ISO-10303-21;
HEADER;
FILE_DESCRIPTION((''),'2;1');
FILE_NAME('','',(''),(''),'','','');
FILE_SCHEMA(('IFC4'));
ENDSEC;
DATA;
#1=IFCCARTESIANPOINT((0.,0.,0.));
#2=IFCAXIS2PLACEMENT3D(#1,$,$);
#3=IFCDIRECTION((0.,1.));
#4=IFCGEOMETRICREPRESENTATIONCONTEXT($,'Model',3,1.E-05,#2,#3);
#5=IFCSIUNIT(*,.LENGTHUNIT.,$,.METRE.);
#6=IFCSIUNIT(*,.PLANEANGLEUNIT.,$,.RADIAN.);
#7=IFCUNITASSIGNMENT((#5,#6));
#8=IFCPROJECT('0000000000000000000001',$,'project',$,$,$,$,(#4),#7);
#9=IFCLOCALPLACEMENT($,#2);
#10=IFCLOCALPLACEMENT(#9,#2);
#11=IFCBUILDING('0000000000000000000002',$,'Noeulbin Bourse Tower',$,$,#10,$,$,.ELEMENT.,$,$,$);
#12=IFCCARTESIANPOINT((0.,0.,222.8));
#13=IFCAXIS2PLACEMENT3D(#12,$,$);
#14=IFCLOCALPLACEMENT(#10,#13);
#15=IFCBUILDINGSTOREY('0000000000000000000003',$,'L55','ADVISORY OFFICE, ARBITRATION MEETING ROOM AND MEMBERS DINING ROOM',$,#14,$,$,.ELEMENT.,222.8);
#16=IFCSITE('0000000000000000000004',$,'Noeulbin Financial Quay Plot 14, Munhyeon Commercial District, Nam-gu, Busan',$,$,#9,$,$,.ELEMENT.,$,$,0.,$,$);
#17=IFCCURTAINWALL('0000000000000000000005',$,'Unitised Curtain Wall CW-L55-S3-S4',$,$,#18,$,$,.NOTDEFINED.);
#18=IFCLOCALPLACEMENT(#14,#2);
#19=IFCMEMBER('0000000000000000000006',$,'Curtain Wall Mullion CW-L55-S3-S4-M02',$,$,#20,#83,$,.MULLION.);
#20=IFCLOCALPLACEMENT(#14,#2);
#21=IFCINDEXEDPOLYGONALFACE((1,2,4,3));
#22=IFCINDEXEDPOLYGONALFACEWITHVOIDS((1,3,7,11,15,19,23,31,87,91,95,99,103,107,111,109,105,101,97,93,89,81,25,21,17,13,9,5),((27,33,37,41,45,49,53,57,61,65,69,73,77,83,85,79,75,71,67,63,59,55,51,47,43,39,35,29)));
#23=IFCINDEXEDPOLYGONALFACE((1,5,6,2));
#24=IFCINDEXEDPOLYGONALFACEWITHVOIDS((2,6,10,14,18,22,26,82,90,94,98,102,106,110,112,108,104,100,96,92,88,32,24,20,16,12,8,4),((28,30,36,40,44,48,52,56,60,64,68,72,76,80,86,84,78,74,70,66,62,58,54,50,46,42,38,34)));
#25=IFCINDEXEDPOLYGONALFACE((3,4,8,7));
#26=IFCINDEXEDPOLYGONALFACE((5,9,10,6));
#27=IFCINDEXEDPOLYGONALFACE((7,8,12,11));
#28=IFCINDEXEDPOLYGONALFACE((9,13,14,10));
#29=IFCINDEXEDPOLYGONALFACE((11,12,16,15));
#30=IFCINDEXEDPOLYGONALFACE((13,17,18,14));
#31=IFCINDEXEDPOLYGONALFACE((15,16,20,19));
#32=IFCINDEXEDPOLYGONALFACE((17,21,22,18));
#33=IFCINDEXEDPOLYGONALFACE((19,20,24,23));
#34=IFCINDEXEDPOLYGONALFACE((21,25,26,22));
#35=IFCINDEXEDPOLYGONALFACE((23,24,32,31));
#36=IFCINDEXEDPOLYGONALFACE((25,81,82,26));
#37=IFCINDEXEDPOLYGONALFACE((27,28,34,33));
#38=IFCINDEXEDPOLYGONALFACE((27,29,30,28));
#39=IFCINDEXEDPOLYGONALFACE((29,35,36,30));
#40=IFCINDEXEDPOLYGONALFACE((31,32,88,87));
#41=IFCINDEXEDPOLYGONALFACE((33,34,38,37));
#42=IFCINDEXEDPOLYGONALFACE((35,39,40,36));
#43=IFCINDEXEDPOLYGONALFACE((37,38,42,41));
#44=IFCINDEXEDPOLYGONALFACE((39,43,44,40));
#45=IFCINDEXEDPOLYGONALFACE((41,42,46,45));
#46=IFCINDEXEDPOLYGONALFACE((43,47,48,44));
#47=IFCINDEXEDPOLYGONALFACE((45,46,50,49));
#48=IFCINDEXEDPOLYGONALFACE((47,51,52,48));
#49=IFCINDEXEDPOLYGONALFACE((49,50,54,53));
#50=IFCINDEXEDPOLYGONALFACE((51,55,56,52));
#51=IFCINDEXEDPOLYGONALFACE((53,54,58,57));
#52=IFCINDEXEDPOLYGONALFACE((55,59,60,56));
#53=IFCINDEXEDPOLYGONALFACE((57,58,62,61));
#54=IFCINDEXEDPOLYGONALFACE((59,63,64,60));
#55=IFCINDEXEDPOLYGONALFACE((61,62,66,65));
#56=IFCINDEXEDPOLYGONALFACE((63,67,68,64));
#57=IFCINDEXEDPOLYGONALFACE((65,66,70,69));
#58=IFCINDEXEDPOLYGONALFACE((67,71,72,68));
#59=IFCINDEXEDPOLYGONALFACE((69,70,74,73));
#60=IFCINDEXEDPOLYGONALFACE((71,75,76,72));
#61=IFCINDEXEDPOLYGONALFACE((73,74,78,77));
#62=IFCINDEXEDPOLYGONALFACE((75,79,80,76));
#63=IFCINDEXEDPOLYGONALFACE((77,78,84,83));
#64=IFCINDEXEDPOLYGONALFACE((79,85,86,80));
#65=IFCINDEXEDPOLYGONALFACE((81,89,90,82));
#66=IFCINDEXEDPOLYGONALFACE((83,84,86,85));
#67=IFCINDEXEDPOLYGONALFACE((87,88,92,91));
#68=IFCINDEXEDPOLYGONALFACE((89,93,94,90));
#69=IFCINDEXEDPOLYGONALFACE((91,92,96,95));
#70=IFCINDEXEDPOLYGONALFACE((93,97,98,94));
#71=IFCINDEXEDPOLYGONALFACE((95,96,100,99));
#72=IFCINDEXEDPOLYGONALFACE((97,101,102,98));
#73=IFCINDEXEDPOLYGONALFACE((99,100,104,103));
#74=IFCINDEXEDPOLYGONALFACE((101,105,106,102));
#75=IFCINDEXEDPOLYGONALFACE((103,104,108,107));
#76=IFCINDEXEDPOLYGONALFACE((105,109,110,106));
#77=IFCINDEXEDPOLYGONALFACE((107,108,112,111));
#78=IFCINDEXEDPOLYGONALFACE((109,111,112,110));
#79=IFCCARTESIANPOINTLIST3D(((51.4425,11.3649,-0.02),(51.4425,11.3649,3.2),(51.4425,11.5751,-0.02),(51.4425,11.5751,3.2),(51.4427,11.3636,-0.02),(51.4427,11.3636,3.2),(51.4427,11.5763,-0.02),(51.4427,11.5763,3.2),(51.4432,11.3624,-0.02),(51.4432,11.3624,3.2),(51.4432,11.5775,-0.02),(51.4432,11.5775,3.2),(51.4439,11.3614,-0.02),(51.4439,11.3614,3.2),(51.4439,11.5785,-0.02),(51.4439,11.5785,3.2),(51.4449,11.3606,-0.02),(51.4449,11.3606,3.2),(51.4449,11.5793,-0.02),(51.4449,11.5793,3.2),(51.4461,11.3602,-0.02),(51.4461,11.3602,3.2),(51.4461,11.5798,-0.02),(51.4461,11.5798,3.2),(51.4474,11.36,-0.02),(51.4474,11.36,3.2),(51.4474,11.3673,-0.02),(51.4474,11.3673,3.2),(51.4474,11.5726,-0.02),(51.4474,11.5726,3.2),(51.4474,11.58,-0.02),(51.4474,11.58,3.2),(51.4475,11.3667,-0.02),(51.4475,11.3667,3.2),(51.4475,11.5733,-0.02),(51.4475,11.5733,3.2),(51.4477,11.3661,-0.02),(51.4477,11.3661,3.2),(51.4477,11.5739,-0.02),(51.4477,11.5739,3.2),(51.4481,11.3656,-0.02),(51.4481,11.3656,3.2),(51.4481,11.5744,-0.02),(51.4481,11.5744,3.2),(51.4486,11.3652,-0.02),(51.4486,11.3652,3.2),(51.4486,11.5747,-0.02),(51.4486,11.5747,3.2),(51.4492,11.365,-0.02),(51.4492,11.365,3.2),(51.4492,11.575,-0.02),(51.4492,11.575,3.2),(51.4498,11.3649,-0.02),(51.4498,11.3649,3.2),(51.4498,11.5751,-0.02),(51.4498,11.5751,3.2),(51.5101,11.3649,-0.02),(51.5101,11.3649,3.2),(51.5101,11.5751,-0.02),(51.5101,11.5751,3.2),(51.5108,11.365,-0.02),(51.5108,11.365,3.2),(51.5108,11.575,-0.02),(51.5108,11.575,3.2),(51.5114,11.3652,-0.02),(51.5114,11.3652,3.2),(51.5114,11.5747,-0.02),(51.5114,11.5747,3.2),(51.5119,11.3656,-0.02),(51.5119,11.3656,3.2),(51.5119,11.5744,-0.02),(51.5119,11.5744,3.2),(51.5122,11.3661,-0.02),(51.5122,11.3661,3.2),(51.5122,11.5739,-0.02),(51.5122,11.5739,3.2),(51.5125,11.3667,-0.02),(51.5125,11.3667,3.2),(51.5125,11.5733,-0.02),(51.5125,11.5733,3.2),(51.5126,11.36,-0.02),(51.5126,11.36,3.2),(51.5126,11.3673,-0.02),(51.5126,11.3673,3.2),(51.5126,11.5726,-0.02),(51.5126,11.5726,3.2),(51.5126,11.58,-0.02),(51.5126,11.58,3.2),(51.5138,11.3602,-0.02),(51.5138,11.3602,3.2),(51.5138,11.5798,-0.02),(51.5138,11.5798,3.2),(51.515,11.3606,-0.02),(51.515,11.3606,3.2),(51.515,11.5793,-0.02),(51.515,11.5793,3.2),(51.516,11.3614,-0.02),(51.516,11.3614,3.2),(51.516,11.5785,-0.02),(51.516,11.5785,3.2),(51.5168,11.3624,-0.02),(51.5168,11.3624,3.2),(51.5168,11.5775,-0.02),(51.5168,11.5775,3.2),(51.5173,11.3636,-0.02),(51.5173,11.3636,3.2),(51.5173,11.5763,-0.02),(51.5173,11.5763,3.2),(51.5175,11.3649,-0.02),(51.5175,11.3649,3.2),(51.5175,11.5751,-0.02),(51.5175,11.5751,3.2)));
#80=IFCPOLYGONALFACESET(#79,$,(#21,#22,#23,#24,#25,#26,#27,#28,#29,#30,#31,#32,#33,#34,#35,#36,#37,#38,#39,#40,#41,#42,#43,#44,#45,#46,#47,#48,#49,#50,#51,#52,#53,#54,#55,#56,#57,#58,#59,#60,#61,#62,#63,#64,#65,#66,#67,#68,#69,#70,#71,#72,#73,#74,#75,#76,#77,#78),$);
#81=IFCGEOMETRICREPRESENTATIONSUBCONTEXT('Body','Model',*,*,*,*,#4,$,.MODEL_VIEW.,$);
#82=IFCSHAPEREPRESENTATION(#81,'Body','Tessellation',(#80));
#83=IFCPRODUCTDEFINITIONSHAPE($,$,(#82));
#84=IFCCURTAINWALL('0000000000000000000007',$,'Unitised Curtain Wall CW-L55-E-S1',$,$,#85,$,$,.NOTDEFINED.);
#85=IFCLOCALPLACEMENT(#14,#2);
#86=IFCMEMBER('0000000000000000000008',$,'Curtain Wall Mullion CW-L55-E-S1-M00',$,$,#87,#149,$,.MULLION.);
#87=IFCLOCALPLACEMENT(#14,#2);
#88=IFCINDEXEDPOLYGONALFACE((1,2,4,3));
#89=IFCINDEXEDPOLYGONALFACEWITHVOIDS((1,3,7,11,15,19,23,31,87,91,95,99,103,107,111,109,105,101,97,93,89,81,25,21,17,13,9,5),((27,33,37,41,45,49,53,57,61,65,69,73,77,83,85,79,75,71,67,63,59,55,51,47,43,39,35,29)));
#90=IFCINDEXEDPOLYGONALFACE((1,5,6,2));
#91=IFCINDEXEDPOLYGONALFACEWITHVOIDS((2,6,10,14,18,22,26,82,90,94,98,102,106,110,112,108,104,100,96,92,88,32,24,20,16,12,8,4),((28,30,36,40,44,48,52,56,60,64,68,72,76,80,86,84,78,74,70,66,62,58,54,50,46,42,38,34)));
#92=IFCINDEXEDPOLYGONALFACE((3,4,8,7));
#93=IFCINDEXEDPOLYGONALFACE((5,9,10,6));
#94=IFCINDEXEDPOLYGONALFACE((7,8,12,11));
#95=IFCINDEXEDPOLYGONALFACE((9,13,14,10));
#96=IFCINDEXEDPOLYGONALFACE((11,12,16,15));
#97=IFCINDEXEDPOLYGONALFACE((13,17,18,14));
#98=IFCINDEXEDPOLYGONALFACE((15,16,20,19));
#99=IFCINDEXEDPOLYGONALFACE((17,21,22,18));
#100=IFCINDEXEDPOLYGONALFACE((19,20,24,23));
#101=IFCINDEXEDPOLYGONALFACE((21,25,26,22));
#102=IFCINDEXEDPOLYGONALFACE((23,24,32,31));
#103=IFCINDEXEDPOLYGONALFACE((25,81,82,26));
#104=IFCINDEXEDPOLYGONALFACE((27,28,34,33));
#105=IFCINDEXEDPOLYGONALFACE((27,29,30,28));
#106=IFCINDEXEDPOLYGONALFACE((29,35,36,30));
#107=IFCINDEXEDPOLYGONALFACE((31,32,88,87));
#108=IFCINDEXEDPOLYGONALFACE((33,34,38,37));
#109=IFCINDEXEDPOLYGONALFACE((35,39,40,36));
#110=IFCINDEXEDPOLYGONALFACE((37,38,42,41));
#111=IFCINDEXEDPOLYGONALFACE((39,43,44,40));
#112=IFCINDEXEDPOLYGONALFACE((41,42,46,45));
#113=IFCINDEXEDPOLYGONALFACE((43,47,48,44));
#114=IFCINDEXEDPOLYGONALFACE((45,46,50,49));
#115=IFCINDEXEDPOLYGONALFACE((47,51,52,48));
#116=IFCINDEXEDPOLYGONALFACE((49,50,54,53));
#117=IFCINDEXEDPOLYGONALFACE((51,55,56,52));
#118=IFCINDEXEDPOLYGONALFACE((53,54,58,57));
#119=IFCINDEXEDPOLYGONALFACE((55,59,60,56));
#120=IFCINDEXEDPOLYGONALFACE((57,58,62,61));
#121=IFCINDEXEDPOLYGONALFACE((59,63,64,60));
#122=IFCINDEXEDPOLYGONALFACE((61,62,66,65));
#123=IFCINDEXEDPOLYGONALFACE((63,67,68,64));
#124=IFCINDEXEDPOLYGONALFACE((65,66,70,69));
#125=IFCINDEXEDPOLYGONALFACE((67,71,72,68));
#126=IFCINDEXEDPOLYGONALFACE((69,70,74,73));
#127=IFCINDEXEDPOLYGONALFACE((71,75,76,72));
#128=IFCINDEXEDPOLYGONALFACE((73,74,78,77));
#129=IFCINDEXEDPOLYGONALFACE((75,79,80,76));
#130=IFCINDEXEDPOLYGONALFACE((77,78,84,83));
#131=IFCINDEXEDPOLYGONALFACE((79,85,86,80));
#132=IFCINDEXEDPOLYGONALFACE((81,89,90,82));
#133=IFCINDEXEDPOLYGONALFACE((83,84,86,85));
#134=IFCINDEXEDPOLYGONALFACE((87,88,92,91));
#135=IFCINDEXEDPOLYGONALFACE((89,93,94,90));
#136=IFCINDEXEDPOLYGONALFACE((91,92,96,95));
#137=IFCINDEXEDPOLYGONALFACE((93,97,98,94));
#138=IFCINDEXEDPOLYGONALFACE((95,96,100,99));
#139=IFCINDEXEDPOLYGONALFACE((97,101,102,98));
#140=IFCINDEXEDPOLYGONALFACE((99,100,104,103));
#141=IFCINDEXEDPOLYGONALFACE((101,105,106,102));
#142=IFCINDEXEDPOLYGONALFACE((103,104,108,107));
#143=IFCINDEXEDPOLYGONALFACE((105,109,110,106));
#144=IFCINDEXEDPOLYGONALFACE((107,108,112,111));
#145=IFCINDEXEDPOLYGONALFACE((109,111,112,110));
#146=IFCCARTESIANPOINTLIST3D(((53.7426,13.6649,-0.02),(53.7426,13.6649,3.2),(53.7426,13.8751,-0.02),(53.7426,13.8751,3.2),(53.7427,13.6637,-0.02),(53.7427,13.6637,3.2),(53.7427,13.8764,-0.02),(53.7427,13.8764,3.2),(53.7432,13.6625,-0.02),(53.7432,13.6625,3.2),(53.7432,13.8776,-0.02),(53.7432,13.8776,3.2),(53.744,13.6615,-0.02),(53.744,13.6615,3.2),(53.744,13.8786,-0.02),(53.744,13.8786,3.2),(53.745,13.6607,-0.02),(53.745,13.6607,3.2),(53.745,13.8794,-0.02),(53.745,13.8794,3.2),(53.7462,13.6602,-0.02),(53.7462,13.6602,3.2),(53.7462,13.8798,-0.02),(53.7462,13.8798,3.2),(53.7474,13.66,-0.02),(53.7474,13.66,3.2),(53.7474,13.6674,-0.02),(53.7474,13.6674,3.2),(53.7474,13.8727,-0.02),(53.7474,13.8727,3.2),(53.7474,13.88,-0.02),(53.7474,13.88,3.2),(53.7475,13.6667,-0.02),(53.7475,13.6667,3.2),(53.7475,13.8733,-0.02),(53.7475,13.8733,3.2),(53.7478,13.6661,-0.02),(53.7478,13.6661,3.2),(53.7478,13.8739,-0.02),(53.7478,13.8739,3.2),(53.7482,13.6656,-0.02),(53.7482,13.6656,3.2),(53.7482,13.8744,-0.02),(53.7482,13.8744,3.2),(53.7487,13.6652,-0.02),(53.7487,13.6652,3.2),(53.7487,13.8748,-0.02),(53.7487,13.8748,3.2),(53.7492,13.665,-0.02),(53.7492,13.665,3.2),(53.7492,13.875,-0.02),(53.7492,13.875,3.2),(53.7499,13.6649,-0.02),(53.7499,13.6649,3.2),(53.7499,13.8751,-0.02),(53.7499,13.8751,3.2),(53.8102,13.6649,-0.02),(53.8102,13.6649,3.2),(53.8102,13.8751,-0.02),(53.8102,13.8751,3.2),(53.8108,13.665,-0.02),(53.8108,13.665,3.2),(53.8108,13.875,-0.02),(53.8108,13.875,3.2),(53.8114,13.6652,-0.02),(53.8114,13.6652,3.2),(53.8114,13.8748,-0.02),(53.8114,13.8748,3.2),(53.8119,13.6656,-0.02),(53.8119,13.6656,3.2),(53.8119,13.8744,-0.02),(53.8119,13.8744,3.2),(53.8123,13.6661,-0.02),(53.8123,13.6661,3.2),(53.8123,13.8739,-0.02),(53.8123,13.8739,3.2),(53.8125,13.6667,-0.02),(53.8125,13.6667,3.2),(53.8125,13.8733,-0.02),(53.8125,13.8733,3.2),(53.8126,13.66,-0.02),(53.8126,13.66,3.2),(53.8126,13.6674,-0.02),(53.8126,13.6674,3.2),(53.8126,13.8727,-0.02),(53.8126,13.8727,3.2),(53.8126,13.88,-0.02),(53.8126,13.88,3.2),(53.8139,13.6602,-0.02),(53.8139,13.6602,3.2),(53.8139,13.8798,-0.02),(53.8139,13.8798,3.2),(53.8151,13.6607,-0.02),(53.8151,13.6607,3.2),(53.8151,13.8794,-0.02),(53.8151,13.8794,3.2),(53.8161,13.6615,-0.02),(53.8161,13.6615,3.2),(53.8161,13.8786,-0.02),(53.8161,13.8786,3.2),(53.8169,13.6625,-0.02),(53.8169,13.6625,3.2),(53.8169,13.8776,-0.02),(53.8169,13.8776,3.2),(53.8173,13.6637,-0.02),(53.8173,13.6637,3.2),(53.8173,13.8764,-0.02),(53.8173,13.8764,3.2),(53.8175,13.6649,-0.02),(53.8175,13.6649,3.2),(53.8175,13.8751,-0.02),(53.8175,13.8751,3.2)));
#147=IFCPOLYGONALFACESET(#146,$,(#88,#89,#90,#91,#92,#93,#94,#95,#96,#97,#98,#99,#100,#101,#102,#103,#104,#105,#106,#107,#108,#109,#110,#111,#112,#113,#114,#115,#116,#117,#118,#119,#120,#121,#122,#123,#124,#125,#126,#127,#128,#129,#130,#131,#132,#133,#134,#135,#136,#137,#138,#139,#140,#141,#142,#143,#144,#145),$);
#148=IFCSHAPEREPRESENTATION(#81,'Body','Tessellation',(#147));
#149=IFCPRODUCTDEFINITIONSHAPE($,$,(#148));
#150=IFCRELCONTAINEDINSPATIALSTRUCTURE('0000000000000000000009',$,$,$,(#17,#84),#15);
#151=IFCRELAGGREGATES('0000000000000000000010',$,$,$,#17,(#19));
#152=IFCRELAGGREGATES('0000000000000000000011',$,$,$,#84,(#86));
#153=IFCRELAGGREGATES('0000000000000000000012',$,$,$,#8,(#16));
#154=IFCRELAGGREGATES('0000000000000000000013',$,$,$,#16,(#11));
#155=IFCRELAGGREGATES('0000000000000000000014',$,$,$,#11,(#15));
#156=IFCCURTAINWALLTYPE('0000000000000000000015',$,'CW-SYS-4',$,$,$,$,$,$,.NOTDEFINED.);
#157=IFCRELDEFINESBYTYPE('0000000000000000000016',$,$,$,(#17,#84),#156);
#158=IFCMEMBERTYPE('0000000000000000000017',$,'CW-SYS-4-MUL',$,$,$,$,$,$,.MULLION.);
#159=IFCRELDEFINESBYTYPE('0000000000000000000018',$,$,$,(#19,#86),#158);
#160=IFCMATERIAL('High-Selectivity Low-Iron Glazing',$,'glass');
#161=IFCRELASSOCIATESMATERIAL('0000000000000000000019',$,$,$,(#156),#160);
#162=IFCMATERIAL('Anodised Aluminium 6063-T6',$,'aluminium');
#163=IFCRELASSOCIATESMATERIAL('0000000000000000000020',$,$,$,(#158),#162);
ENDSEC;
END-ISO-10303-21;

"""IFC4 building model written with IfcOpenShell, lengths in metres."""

from ifc_helpers import new_model, si_unit, direction, frame, origin, origin_2d, place, context, subcontext, project, spatial, hollow_rectangle, extrude, material, material_profile, profile_set, type_object, element, aggregate, save


model = new_model("IFC4")

# Units and contexts
model_context = context("Model", 3, precision=1e-05, world=origin(), true_north=direction((0.0, 1.0)))
body_context = subcontext(model_context, "Body", "Model", "MODEL_VIEW")
ifc_project = project(units=[si_unit("LENGTHUNIT", "METRE"), si_unit("PLANEANGLEUNIT", "RADIAN")], contexts=[model_context])

# Site, building, storey
site_placement = place(None, origin())
site = spatial("IfcSite", under=ifc_project, at=site_placement, Name="Noeulbin Financial Quay Plot 14, Munhyeon Commercial District, Nam-gu, Busan", CompositionType="ELEMENT", RefElevation=0.0)
building_placement = place(site_placement, origin())
building = spatial("IfcBuilding", under=site, at=building_placement, Name="Noeulbin Bourse Tower", CompositionType="ELEMENT")
storey_placement = place(building_placement, frame((0.0, 0.0, 222.8)))
storey = spatial("IfcBuildingStorey", under=building, at=storey_placement, Name="L55", Description="ADVISORY OFFICE, ARBITRATION MEETING ROOM AND MEMBERS DINING ROOM", CompositionType="ELEMENT", Elevation=222.8)

# Curtain walls, members
ifc_material_1 = material(Name="High-Selectivity Low-Iron Glazing", Category="glass")
curtain_wall_type = type_object("IfcCurtainWallType", Name="CW-SYS-4", PredefinedType="NOTDEFINED", material=ifc_material_1)
ifc_material_2 = material(Name="Anodised Aluminium 6063-T6", Category="aluminium")
ifc_material_profile_1 = material_profile(ifc_material_2, hollow_rectangle(XDim=0.075, YDim=0.22, WallThickness=0.0049, InnerFilletRadius=0.0024, OuterFilletRadius=0.0049, at=origin_2d()), Name="ALU-MULL-75x220x5", Category="LoadBearing")
ifc_profile_set_1 = profile_set([ifc_material_profile_1], Name="Anodised Aluminium 6063-T6")
member_type_1 = type_object("IfcMemberType", Name="CW-SYS-4-MUL", PredefinedType="MULLION", material=ifc_profile_set_1)
curtain_wall_1_placement = place(storey_placement, origin())
curtain_wall_1 = element("IfcCurtainWall", 1, at=curtain_wall_1_placement, inside=storey, type_object=curtain_wall_type, Name="Unitised Curtain Wall CW-L55-S3-S4", PredefinedType="NOTDEFINED")
member_1_placement = place(storey_placement, frame((51.48, 11.47, -0.02), z_axis=(0.0, 0.0, 1.0), x_axis=(1.0, 0.0, 0.0)))
member_1 = element("IfcMember", 2, at=member_1_placement, type_object=member_type_1, Name="Curtain Wall Mullion CW-L55-S3-S4-M02", PredefinedType="MULLION", context=body_context, shape_type="SweptSolid", body=[
    extrude(hollow_rectangle(XDim=0.075, YDim=0.22, WallThickness=0.0049, InnerFilletRadius=0.0024, OuterFilletRadius=0.0049, at=origin_2d()), origin(), (0.0, 0.0, 1.0), 3.22),
])
curtain_wall_2_placement = place(storey_placement, origin())
curtain_wall_2 = element("IfcCurtainWall", 3, at=curtain_wall_2_placement, inside=storey, type_object=curtain_wall_type, Name="Unitised Curtain Wall CW-L55-E-S1", PredefinedType="NOTDEFINED")
member_2_placement = place(storey_placement, frame((53.78, 13.77, -0.02), z_axis=(0.0, 0.0, 1.0), x_axis=(1.0, 0.0, 0.0)))
member_2 = element("IfcMember", 4, at=member_2_placement, type_object=member_type_1, Name="Curtain Wall Mullion CW-L55-E-S1-M00", PredefinedType="MULLION", context=body_context, shape_type="SweptSolid", body=[
    extrude(hollow_rectangle(XDim=0.075, YDim=0.22, WallThickness=0.0049, InnerFilletRadius=0.0024, OuterFilletRadius=0.0049, at=origin_2d()), origin(), (0.0, 0.0, 1.0), 3.22),
])

aggregate(curtain_wall_1, [member_1])
aggregate(curtain_wall_2, [member_2])

save(model, "model.ifc")
